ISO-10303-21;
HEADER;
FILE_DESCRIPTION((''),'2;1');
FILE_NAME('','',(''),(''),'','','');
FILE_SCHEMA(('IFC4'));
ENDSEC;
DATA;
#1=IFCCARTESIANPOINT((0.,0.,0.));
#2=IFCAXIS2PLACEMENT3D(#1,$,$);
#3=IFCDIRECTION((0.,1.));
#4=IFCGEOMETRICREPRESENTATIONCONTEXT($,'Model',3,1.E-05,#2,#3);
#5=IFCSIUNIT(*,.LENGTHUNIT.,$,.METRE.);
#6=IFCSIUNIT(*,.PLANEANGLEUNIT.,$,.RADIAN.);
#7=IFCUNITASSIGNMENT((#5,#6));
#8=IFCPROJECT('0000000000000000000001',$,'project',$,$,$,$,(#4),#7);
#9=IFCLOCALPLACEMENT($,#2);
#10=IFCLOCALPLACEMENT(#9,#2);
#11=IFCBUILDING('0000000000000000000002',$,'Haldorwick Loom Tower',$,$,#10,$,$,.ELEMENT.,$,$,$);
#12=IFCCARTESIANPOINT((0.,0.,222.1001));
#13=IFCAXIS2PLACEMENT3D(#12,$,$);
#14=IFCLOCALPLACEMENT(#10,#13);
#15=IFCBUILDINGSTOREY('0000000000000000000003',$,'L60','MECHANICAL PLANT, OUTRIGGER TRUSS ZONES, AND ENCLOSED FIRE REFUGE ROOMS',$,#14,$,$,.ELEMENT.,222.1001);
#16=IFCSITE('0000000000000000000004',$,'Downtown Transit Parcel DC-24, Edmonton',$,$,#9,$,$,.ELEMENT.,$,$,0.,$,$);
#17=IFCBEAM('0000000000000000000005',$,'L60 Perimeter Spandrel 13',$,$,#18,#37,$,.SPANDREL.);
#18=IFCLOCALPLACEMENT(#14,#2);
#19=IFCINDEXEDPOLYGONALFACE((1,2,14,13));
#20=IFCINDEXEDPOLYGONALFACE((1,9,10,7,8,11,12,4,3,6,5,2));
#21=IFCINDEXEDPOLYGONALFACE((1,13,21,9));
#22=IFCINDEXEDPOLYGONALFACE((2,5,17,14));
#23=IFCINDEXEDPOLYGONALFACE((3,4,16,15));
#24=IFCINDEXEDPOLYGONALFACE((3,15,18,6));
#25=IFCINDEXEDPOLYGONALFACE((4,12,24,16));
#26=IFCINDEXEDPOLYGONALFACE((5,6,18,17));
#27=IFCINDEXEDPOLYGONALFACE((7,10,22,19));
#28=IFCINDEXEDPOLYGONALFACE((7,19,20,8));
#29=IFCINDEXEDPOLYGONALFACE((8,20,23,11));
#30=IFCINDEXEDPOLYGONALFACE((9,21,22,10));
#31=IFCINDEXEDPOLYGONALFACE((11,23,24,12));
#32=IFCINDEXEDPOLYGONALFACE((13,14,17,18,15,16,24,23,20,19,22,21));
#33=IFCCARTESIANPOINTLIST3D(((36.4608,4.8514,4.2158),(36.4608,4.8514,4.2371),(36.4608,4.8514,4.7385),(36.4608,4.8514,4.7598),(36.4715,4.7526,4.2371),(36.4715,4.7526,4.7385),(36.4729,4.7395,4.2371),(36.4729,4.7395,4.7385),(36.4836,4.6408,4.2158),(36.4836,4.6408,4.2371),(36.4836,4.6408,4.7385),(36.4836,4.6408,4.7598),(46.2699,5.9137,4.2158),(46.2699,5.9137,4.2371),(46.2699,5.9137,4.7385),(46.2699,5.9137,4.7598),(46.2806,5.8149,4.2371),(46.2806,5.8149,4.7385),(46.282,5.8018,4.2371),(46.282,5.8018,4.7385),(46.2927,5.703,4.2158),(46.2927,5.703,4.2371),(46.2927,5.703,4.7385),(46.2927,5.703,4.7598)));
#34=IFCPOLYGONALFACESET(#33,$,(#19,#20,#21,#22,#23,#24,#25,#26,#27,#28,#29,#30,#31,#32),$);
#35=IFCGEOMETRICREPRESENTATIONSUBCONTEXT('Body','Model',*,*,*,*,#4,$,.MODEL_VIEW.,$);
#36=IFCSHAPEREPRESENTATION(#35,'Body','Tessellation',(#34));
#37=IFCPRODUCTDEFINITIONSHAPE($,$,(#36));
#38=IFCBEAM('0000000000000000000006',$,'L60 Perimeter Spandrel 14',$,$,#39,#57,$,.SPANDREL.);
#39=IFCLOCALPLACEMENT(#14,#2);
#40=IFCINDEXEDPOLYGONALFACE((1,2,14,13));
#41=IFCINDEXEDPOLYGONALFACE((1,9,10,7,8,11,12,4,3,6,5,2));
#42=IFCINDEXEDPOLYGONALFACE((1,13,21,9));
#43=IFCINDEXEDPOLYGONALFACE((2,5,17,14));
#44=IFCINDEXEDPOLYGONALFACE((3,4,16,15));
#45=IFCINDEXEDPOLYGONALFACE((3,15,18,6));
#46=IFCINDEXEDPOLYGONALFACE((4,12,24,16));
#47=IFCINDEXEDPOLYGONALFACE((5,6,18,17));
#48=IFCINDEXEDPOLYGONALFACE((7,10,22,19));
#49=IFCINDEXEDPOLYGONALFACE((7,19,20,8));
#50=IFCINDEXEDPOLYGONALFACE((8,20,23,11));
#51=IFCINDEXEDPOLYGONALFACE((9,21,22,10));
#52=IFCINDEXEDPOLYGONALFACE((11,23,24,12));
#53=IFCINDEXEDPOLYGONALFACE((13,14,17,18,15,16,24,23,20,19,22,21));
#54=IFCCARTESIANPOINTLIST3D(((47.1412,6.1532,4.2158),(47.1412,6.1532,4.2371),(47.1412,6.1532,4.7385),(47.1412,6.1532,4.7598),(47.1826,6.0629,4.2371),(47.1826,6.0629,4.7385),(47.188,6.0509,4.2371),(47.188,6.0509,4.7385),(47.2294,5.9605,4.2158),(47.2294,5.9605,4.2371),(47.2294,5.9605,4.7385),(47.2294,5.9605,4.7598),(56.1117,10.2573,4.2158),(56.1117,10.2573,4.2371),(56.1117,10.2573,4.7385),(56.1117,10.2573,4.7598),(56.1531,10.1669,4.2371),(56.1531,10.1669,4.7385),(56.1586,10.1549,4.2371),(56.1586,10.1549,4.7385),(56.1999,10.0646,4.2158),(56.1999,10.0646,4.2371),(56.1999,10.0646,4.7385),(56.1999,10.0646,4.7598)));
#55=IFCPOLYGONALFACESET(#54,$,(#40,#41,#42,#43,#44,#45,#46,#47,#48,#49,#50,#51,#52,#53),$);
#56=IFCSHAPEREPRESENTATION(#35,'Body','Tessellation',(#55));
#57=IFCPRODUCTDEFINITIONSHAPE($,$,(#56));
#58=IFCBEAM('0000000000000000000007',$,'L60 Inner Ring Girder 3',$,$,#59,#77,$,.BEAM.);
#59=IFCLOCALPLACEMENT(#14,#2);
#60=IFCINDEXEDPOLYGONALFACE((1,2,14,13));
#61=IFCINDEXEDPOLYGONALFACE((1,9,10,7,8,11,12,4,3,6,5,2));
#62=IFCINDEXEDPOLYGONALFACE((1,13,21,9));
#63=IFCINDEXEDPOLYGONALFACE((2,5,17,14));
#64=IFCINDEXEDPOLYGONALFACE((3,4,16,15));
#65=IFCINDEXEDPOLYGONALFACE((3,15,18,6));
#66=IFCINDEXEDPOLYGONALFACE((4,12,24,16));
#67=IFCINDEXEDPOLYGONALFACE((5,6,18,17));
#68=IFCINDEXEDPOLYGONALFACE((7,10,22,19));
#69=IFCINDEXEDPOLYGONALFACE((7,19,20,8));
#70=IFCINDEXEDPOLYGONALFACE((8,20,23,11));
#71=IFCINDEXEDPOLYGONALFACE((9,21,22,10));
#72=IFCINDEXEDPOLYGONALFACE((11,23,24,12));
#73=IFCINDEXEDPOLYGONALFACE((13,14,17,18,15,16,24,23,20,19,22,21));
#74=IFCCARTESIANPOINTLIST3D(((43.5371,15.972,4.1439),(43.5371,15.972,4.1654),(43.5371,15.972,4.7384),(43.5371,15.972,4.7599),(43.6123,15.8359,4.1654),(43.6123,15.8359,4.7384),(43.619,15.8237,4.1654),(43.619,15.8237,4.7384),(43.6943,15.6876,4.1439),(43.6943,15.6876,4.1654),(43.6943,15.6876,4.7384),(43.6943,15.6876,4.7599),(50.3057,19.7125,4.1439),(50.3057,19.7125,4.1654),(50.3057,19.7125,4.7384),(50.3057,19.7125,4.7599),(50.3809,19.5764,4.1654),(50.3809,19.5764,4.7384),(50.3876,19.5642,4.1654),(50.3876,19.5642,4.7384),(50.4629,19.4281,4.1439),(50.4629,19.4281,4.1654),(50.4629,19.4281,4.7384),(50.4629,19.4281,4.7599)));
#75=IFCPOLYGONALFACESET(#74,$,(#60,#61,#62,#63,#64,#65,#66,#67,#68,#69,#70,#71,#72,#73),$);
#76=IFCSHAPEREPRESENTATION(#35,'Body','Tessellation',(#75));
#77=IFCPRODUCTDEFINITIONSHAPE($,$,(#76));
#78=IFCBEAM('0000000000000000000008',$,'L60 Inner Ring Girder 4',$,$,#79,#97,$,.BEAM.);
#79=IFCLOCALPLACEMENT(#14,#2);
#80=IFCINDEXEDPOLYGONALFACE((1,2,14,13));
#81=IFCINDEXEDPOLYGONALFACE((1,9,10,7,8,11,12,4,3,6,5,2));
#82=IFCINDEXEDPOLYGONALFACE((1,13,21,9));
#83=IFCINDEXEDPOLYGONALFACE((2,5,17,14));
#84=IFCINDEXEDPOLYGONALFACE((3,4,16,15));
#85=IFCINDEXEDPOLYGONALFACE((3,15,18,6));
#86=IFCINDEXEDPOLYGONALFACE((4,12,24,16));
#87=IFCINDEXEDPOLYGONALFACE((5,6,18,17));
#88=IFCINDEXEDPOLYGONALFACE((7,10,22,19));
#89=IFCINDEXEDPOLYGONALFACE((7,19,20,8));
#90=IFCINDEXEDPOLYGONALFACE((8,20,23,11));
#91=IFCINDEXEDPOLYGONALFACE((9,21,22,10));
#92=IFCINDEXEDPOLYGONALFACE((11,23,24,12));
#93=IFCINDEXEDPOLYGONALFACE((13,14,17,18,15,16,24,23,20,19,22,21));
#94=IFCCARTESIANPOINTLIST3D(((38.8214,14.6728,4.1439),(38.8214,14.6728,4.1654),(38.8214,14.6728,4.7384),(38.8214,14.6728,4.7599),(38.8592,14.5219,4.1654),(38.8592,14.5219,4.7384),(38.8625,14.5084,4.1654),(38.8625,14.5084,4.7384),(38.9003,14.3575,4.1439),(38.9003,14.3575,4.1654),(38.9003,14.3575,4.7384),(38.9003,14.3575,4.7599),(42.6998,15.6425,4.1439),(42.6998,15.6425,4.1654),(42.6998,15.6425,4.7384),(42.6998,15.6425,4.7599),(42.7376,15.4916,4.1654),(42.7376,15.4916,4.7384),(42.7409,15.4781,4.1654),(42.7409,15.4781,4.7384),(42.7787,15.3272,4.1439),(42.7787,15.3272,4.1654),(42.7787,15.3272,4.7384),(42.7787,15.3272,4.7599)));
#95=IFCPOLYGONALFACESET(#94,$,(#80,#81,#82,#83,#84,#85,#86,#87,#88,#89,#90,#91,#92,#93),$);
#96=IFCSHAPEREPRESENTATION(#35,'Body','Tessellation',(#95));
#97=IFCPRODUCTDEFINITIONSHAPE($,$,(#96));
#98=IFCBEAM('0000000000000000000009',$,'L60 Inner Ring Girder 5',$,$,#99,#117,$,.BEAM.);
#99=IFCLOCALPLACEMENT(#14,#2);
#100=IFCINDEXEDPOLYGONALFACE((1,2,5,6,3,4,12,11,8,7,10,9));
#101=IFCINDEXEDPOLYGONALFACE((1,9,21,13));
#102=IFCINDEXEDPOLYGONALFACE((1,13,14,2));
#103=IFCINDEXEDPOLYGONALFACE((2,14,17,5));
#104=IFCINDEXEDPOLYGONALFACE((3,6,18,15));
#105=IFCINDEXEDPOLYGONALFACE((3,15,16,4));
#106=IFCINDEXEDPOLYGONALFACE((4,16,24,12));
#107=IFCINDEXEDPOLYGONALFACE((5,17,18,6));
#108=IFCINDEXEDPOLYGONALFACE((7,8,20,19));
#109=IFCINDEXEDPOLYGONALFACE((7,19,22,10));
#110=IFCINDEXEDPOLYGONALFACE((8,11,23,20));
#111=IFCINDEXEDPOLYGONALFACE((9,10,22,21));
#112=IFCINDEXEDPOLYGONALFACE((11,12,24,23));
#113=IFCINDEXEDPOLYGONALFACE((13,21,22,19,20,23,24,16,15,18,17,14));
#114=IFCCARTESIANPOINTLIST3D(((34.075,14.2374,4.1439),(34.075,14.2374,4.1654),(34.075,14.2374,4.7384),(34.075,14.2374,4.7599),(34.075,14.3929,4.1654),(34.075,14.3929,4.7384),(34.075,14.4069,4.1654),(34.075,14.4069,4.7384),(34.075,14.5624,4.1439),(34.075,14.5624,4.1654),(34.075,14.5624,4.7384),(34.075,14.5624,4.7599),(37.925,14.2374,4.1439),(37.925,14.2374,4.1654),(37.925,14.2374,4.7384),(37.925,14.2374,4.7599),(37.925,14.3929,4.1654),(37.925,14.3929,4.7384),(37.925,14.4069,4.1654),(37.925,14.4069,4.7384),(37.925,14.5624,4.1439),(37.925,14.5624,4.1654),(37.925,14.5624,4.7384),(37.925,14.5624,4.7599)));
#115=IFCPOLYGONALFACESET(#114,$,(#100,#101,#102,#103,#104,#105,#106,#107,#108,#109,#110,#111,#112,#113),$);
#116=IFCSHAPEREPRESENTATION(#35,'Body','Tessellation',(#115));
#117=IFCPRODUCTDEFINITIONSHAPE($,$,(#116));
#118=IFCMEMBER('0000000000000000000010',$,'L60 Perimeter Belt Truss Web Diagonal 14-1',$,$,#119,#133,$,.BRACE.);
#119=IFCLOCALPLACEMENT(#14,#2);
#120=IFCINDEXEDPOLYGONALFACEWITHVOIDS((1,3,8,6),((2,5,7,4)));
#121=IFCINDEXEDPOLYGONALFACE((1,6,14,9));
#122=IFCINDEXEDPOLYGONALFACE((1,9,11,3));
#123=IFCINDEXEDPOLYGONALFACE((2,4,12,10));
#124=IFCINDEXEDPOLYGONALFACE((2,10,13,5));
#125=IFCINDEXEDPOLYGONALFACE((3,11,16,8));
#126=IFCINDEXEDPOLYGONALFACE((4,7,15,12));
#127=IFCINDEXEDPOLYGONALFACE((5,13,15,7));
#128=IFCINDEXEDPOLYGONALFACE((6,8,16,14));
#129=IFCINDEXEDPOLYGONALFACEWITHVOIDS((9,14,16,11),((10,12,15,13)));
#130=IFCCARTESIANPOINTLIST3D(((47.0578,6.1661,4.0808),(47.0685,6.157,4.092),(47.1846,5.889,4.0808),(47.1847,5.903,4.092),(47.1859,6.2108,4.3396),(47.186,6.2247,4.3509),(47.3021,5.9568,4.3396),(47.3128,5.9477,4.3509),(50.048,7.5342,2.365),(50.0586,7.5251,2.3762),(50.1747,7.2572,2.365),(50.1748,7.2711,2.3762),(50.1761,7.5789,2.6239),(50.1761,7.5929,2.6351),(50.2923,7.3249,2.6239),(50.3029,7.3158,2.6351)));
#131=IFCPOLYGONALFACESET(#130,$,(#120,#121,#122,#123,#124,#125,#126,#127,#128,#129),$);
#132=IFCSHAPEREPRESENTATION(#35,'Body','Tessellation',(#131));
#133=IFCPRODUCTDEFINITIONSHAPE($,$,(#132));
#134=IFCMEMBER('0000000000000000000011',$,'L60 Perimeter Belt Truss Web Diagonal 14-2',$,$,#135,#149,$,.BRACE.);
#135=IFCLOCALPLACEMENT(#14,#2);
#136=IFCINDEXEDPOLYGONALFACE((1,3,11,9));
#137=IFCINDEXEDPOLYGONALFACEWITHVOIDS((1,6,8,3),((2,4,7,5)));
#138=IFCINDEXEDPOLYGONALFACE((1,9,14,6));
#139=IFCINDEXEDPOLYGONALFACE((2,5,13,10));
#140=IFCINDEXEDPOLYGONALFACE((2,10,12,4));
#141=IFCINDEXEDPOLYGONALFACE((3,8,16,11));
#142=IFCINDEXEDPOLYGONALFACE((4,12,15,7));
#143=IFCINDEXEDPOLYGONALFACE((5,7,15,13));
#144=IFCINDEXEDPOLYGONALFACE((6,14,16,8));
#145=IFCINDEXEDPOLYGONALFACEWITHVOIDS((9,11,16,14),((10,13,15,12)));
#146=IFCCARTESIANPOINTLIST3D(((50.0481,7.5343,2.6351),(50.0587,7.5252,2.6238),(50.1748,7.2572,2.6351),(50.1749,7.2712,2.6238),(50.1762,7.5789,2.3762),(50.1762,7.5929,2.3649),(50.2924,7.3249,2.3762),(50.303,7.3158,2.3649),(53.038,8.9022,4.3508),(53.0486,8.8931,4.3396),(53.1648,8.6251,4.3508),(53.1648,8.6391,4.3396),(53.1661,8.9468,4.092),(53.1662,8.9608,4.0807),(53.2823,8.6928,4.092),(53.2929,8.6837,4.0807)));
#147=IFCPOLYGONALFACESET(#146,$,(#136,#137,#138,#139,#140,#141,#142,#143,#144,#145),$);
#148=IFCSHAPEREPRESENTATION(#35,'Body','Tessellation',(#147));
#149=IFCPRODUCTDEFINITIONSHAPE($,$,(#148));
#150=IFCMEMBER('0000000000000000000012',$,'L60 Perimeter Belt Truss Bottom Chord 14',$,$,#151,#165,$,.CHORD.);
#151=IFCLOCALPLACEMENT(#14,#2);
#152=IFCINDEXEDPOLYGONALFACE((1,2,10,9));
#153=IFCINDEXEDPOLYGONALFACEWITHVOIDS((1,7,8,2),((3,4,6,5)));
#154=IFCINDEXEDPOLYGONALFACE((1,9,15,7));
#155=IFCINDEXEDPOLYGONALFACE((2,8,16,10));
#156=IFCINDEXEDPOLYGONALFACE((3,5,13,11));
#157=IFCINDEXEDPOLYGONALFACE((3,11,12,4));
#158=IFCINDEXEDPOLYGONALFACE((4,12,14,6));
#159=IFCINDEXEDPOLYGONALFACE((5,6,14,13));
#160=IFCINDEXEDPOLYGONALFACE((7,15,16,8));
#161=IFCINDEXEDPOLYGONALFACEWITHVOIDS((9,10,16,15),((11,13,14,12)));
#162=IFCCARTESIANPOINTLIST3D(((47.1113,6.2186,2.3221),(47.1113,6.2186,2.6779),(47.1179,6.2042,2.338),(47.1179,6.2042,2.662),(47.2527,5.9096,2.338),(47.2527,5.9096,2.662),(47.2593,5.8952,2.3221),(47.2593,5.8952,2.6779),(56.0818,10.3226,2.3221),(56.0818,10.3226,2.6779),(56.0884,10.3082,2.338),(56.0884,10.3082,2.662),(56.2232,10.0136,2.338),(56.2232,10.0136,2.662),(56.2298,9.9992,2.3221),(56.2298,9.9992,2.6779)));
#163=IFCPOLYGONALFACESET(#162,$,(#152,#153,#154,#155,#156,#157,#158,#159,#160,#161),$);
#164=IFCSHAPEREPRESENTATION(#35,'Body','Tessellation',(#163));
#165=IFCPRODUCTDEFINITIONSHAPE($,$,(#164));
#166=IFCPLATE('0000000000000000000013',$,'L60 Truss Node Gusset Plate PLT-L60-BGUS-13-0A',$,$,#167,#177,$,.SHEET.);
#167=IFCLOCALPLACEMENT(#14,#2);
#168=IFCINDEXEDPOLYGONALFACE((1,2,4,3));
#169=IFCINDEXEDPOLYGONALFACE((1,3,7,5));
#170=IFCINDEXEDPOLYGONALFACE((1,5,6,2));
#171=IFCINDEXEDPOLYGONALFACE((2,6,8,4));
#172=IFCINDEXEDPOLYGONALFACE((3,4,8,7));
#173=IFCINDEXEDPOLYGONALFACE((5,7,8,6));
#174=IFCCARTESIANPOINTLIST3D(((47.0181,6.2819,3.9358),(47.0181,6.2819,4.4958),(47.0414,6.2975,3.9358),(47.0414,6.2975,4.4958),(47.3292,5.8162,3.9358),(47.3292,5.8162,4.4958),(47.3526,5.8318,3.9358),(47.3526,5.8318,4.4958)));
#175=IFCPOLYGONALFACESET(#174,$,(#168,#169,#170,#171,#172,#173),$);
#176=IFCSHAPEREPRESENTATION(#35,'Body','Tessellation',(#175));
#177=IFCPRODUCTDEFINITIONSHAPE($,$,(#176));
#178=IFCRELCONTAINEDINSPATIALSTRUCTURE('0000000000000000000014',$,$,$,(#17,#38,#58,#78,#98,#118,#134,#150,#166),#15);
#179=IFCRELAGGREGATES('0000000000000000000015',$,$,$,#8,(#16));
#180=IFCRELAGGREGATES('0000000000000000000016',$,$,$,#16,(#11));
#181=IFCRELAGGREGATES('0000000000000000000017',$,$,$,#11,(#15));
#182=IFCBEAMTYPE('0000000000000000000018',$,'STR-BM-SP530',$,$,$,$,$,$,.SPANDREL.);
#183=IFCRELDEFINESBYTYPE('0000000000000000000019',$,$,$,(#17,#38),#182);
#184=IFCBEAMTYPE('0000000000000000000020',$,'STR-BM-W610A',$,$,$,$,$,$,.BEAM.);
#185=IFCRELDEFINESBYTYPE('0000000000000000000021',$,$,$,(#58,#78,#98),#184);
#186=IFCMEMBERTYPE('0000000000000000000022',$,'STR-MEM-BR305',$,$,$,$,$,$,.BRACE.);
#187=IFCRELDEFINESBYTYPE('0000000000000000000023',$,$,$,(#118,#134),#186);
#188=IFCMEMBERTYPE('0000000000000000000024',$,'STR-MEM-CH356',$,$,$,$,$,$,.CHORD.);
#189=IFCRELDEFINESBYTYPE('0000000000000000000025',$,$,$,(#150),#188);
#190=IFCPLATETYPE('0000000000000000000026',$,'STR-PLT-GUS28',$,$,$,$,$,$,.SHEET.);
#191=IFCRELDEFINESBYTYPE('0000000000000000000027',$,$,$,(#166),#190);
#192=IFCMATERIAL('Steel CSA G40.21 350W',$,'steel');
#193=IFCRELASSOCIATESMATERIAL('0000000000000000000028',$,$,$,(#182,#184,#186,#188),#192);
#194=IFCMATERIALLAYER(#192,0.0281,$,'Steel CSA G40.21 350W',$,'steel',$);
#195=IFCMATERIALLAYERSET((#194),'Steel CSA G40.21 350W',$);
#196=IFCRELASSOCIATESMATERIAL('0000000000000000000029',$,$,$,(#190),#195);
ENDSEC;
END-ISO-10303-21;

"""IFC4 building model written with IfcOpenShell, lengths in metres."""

from ifc_helpers import new_model, si_unit, direction, frame, origin, origin_2d, place, context, subcontext, project, spatial, rectangle, hollow_rectangle, i_section, extrude, material, layer, layer_set, material_profile, profile_set, type_object, element, save


model = new_model("IFC4")

# Units and contexts
model_context = context("Model", 3, precision=1e-05, world=origin(), true_north=direction((0.0, 1.0)))
body_context = subcontext(model_context, "Body", "Model", "MODEL_VIEW")
ifc_project = project(units=[si_unit("LENGTHUNIT", "METRE"), si_unit("PLANEANGLEUNIT", "RADIAN")], contexts=[model_context])

# Site, building, storey
site_placement = place(None, origin())
site = spatial("IfcSite", under=ifc_project, at=site_placement, Name="Downtown Transit Parcel DC-24, Edmonton", CompositionType="ELEMENT", RefElevation=0.0)
building_placement = place(site_placement, origin())
building = spatial("IfcBuilding", under=site, at=building_placement, Name="Haldorwick Loom Tower", CompositionType="ELEMENT")
storey_placement = place(building_placement, frame((0.0, 0.0, 222.1001)))
storey = spatial("IfcBuildingStorey", under=building, at=storey_placement, Name="L60", Description="MECHANICAL PLANT, OUTRIGGER TRUSS ZONES, AND ENCLOSED FIRE REFUGE ROOMS", CompositionType="ELEMENT", Elevation=222.1001)

# Beams
ifc_material_1 = material(Name="Steel CSA G40.21 350W", Category="steel")
ifc_material_profile_1 = material_profile(ifc_material_1, i_section(OverallWidth=0.2119, OverallDepth=0.5439, WebThickness=0.0132, FlangeThickness=0.0212, at=origin_2d()), Name="W530X123", Category="steel")
ifc_profile_set_1 = profile_set([ifc_material_profile_1], Name="Steel CSA G40.21 350W")
beam_type_1 = type_object("IfcBeamType", Name="STR-BM-SP530", PredefinedType="SPANDREL", material=ifc_profile_set_1)
beam_1_placement = place(storey_placement, frame((36.4722, 4.7461, 4.4878), z_axis=(0.994187, 0.107664, 0.0), x_axis=(-0.107664, 0.994187, 0.0)))
element("IfcBeam", 1, at=beam_1_placement, inside=storey, type_object=beam_type_1, Name="L60 Perimeter Spandrel 13", PredefinedType="SPANDREL", context=body_context, shape_type="SweptSolid", body=[
    extrude(i_section(OverallWidth=0.2119, OverallDepth=0.5439, WebThickness=0.0132, FlangeThickness=0.0212, at=origin_2d()), origin(), (0.0, 0.0, 1.0), 9.8665),
])
beam_2_placement = place(storey_placement, frame((47.1853, 6.0569, 4.4878), z_axis=(0.909351, 0.41603, 0.0), x_axis=(-0.41603, 0.909351, 0.0)))
element("IfcBeam", 2, at=beam_2_placement, inside=storey, type_object=beam_type_1, Name="L60 Perimeter Spandrel 14", PredefinedType="SPANDREL", context=body_context, shape_type="SweptSolid", body=[
    extrude(i_section(OverallWidth=0.2119, OverallDepth=0.5439, WebThickness=0.0132, FlangeThickness=0.0212, at=origin_2d()), origin(), (0.0, 0.0, 1.0), 9.8647),
])
ifc_material_profile_2 = material_profile(ifc_material_1, i_section(OverallWidth=0.325, OverallDepth=0.616, WebThickness=0.0139, FlangeThickness=0.0215, at=origin_2d()), Name="W610X174", Category="steel")
ifc_profile_set_2 = profile_set([ifc_material_profile_2], Name="Steel CSA G40.21 350W")
beam_type_2 = type_object("IfcBeamType", Name="STR-BM-W610A", PredefinedType="BEAM", material=ifc_profile_set_2)
beam_3_placement = place(storey_placement, frame((50.3843, 19.5703, 4.4519), z_axis=(-0.875244, -0.483682, 0.0), x_axis=(0.483682, -0.875244, 0.0)))
element("IfcBeam", 3, at=beam_3_placement, inside=storey, type_object=beam_type_2, Name="L60 Inner Ring Girder 3", PredefinedType="BEAM", context=body_context, shape_type="SweptSolid", body=[
    extrude(i_section(OverallWidth=0.325, OverallDepth=0.616, WebThickness=0.0139, FlangeThickness=0.0215, at=origin_2d()), origin(), (0.0, 0.0, 1.0), 7.7334),
])
beam_4_placement = place(storey_placement, frame((42.7393, 15.4849, 4.4519), z_axis=(-0.970135, -0.242564, 0.0), x_axis=(0.242564, -0.970135, 0.0)))
element("IfcBeam", 4, at=beam_4_placement, inside=storey, type_object=beam_type_2, Name="L60 Inner Ring Girder 4", PredefinedType="BEAM", context=body_context, shape_type="SweptSolid", body=[
    extrude(i_section(OverallWidth=0.325, OverallDepth=0.616, WebThickness=0.0139, FlangeThickness=0.0215, at=origin_2d()), origin(), (0.0, 0.0, 1.0), 3.9978),
])
beam_5_placement = place(storey_placement, frame((37.925, 14.3999, 4.4519), z_axis=(-1.0, 0.0, 0.0), x_axis=(0.0, -1.0, 0.0)))
element("IfcBeam", 5, at=beam_5_placement, inside=storey, type_object=beam_type_2, Name="L60 Inner Ring Girder 5", PredefinedType="BEAM", context=body_context, shape_type="SweptSolid", body=[
    extrude(i_section(OverallWidth=0.325, OverallDepth=0.616, WebThickness=0.0139, FlangeThickness=0.0215, at=origin_2d()), origin(), (0.0, 0.0, 1.0), 3.8501),
])

# Members
ifc_material_profile_3 = material_profile(ifc_material_1, hollow_rectangle(XDim=0.3047, YDim=0.3047, WallThickness=0.0127, at=origin_2d()), Name="HSS305X305X13", Category="steel")
ifc_profile_set_3 = profile_set([ifc_material_profile_3], Name="Steel CSA G40.21 350W")
member_type_1 = type_object("IfcMemberType", Name="STR-MEM-BR305", PredefinedType="BRACE", material=ifc_profile_set_3)
member_1_placement = place(storey_placement, frame((47.1853, 6.0569, 4.2158), z_axis=(0.806189, 0.368867, -0.462598), x_axis=(-0.416062, 0.909336, 0.0)))
element("IfcMember", 6, at=member_1_placement, inside=storey, type_object=member_type_1, Name="L60 Perimeter Belt Truss Web Diagonal 14-1", PredefinedType="BRACE", context=body_context, shape_type="SweptSolid", body=[
    extrude(hollow_rectangle(XDim=0.3047, YDim=0.3047, WallThickness=0.0127, at=origin_2d()), origin(), (0.0, 0.0, 1.0), 3.709),
])
member_2_placement = place(storey_placement, frame((50.1755, 7.425, 2.5), z_axis=(0.806185, 0.36883, 0.462633), x_axis=(-0.416028, 0.909352, 0.0)))
element("IfcMember", 7, at=member_2_placement, inside=storey, type_object=member_type_1, Name="L60 Perimeter Belt Truss Web Diagonal 14-2", PredefinedType="BRACE", context=body_context, shape_type="SweptSolid", body=[
    extrude(hollow_rectangle(XDim=0.3047, YDim=0.3047, WallThickness=0.0127, at=origin_2d()), origin(), (0.0, 0.0, 1.0), 3.7087),
])
ifc_material_profile_4 = material_profile(ifc_material_1, hollow_rectangle(XDim=0.3557, YDim=0.3557, WallThickness=0.0159, at=origin_2d()), Name="HSS356X356X16", Category="steel")
ifc_profile_set_4 = profile_set([ifc_material_profile_4], Name="Steel CSA G40.21 350W")
member_type_2 = type_object("IfcMemberType", Name="STR-MEM-CH356", PredefinedType="CHORD", material=ifc_profile_set_4)
member_3_placement = place(storey_placement, frame((47.1853, 6.0569, 2.5), z_axis=(0.909351, 0.41603, 0.0), x_axis=(-0.41603, 0.909351, 0.0)))
element("IfcMember", 8, at=member_3_placement, inside=storey, type_object=member_type_2, Name="L60 Perimeter Belt Truss Bottom Chord 14", PredefinedType="CHORD", context=body_context, shape_type="SweptSolid", body=[
    extrude(hollow_rectangle(XDim=0.3557, YDim=0.3557, WallThickness=0.0159, at=origin_2d()), origin(), (0.0, 0.0, 1.0), 9.8647),
])

# Plate
ifc_layer_1 = layer(ifc_material_1, 0.0281, Name="Steel CSA G40.21 350W", Category="steel")
ifc_layer_set_1 = layer_set([ifc_layer_1], Name="Steel CSA G40.21 350W")
plate_type = type_object("IfcPlateType", Name="STR-PLT-GUS28", PredefinedType="SHEET", material=ifc_layer_set_1)
for number, where, z_axis, x_axis, name in (
    (9, (47.1853, 6.0569, 3.9358), (0.0, 0.0, 1.0), (0.55557, -0.83147, 0.0), "L60 Truss Node Gusset Plate PLT-L60-BGUS-13-0A"),
):
    element("IfcPlate", number, at=place(storey_placement, frame(where, z_axis=z_axis, x_axis=x_axis)), inside=storey, type_object=plate_type, Name=name, PredefinedType="SHEET", context=body_context, shape_type="SweptSolid", body=[
        extrude(rectangle(XDim=0.5601, YDim=0.0281, at=origin_2d()), origin(), (0.0, 0.0, 1.0), 0.5601),
    ])

save(model, "model.ifc")
